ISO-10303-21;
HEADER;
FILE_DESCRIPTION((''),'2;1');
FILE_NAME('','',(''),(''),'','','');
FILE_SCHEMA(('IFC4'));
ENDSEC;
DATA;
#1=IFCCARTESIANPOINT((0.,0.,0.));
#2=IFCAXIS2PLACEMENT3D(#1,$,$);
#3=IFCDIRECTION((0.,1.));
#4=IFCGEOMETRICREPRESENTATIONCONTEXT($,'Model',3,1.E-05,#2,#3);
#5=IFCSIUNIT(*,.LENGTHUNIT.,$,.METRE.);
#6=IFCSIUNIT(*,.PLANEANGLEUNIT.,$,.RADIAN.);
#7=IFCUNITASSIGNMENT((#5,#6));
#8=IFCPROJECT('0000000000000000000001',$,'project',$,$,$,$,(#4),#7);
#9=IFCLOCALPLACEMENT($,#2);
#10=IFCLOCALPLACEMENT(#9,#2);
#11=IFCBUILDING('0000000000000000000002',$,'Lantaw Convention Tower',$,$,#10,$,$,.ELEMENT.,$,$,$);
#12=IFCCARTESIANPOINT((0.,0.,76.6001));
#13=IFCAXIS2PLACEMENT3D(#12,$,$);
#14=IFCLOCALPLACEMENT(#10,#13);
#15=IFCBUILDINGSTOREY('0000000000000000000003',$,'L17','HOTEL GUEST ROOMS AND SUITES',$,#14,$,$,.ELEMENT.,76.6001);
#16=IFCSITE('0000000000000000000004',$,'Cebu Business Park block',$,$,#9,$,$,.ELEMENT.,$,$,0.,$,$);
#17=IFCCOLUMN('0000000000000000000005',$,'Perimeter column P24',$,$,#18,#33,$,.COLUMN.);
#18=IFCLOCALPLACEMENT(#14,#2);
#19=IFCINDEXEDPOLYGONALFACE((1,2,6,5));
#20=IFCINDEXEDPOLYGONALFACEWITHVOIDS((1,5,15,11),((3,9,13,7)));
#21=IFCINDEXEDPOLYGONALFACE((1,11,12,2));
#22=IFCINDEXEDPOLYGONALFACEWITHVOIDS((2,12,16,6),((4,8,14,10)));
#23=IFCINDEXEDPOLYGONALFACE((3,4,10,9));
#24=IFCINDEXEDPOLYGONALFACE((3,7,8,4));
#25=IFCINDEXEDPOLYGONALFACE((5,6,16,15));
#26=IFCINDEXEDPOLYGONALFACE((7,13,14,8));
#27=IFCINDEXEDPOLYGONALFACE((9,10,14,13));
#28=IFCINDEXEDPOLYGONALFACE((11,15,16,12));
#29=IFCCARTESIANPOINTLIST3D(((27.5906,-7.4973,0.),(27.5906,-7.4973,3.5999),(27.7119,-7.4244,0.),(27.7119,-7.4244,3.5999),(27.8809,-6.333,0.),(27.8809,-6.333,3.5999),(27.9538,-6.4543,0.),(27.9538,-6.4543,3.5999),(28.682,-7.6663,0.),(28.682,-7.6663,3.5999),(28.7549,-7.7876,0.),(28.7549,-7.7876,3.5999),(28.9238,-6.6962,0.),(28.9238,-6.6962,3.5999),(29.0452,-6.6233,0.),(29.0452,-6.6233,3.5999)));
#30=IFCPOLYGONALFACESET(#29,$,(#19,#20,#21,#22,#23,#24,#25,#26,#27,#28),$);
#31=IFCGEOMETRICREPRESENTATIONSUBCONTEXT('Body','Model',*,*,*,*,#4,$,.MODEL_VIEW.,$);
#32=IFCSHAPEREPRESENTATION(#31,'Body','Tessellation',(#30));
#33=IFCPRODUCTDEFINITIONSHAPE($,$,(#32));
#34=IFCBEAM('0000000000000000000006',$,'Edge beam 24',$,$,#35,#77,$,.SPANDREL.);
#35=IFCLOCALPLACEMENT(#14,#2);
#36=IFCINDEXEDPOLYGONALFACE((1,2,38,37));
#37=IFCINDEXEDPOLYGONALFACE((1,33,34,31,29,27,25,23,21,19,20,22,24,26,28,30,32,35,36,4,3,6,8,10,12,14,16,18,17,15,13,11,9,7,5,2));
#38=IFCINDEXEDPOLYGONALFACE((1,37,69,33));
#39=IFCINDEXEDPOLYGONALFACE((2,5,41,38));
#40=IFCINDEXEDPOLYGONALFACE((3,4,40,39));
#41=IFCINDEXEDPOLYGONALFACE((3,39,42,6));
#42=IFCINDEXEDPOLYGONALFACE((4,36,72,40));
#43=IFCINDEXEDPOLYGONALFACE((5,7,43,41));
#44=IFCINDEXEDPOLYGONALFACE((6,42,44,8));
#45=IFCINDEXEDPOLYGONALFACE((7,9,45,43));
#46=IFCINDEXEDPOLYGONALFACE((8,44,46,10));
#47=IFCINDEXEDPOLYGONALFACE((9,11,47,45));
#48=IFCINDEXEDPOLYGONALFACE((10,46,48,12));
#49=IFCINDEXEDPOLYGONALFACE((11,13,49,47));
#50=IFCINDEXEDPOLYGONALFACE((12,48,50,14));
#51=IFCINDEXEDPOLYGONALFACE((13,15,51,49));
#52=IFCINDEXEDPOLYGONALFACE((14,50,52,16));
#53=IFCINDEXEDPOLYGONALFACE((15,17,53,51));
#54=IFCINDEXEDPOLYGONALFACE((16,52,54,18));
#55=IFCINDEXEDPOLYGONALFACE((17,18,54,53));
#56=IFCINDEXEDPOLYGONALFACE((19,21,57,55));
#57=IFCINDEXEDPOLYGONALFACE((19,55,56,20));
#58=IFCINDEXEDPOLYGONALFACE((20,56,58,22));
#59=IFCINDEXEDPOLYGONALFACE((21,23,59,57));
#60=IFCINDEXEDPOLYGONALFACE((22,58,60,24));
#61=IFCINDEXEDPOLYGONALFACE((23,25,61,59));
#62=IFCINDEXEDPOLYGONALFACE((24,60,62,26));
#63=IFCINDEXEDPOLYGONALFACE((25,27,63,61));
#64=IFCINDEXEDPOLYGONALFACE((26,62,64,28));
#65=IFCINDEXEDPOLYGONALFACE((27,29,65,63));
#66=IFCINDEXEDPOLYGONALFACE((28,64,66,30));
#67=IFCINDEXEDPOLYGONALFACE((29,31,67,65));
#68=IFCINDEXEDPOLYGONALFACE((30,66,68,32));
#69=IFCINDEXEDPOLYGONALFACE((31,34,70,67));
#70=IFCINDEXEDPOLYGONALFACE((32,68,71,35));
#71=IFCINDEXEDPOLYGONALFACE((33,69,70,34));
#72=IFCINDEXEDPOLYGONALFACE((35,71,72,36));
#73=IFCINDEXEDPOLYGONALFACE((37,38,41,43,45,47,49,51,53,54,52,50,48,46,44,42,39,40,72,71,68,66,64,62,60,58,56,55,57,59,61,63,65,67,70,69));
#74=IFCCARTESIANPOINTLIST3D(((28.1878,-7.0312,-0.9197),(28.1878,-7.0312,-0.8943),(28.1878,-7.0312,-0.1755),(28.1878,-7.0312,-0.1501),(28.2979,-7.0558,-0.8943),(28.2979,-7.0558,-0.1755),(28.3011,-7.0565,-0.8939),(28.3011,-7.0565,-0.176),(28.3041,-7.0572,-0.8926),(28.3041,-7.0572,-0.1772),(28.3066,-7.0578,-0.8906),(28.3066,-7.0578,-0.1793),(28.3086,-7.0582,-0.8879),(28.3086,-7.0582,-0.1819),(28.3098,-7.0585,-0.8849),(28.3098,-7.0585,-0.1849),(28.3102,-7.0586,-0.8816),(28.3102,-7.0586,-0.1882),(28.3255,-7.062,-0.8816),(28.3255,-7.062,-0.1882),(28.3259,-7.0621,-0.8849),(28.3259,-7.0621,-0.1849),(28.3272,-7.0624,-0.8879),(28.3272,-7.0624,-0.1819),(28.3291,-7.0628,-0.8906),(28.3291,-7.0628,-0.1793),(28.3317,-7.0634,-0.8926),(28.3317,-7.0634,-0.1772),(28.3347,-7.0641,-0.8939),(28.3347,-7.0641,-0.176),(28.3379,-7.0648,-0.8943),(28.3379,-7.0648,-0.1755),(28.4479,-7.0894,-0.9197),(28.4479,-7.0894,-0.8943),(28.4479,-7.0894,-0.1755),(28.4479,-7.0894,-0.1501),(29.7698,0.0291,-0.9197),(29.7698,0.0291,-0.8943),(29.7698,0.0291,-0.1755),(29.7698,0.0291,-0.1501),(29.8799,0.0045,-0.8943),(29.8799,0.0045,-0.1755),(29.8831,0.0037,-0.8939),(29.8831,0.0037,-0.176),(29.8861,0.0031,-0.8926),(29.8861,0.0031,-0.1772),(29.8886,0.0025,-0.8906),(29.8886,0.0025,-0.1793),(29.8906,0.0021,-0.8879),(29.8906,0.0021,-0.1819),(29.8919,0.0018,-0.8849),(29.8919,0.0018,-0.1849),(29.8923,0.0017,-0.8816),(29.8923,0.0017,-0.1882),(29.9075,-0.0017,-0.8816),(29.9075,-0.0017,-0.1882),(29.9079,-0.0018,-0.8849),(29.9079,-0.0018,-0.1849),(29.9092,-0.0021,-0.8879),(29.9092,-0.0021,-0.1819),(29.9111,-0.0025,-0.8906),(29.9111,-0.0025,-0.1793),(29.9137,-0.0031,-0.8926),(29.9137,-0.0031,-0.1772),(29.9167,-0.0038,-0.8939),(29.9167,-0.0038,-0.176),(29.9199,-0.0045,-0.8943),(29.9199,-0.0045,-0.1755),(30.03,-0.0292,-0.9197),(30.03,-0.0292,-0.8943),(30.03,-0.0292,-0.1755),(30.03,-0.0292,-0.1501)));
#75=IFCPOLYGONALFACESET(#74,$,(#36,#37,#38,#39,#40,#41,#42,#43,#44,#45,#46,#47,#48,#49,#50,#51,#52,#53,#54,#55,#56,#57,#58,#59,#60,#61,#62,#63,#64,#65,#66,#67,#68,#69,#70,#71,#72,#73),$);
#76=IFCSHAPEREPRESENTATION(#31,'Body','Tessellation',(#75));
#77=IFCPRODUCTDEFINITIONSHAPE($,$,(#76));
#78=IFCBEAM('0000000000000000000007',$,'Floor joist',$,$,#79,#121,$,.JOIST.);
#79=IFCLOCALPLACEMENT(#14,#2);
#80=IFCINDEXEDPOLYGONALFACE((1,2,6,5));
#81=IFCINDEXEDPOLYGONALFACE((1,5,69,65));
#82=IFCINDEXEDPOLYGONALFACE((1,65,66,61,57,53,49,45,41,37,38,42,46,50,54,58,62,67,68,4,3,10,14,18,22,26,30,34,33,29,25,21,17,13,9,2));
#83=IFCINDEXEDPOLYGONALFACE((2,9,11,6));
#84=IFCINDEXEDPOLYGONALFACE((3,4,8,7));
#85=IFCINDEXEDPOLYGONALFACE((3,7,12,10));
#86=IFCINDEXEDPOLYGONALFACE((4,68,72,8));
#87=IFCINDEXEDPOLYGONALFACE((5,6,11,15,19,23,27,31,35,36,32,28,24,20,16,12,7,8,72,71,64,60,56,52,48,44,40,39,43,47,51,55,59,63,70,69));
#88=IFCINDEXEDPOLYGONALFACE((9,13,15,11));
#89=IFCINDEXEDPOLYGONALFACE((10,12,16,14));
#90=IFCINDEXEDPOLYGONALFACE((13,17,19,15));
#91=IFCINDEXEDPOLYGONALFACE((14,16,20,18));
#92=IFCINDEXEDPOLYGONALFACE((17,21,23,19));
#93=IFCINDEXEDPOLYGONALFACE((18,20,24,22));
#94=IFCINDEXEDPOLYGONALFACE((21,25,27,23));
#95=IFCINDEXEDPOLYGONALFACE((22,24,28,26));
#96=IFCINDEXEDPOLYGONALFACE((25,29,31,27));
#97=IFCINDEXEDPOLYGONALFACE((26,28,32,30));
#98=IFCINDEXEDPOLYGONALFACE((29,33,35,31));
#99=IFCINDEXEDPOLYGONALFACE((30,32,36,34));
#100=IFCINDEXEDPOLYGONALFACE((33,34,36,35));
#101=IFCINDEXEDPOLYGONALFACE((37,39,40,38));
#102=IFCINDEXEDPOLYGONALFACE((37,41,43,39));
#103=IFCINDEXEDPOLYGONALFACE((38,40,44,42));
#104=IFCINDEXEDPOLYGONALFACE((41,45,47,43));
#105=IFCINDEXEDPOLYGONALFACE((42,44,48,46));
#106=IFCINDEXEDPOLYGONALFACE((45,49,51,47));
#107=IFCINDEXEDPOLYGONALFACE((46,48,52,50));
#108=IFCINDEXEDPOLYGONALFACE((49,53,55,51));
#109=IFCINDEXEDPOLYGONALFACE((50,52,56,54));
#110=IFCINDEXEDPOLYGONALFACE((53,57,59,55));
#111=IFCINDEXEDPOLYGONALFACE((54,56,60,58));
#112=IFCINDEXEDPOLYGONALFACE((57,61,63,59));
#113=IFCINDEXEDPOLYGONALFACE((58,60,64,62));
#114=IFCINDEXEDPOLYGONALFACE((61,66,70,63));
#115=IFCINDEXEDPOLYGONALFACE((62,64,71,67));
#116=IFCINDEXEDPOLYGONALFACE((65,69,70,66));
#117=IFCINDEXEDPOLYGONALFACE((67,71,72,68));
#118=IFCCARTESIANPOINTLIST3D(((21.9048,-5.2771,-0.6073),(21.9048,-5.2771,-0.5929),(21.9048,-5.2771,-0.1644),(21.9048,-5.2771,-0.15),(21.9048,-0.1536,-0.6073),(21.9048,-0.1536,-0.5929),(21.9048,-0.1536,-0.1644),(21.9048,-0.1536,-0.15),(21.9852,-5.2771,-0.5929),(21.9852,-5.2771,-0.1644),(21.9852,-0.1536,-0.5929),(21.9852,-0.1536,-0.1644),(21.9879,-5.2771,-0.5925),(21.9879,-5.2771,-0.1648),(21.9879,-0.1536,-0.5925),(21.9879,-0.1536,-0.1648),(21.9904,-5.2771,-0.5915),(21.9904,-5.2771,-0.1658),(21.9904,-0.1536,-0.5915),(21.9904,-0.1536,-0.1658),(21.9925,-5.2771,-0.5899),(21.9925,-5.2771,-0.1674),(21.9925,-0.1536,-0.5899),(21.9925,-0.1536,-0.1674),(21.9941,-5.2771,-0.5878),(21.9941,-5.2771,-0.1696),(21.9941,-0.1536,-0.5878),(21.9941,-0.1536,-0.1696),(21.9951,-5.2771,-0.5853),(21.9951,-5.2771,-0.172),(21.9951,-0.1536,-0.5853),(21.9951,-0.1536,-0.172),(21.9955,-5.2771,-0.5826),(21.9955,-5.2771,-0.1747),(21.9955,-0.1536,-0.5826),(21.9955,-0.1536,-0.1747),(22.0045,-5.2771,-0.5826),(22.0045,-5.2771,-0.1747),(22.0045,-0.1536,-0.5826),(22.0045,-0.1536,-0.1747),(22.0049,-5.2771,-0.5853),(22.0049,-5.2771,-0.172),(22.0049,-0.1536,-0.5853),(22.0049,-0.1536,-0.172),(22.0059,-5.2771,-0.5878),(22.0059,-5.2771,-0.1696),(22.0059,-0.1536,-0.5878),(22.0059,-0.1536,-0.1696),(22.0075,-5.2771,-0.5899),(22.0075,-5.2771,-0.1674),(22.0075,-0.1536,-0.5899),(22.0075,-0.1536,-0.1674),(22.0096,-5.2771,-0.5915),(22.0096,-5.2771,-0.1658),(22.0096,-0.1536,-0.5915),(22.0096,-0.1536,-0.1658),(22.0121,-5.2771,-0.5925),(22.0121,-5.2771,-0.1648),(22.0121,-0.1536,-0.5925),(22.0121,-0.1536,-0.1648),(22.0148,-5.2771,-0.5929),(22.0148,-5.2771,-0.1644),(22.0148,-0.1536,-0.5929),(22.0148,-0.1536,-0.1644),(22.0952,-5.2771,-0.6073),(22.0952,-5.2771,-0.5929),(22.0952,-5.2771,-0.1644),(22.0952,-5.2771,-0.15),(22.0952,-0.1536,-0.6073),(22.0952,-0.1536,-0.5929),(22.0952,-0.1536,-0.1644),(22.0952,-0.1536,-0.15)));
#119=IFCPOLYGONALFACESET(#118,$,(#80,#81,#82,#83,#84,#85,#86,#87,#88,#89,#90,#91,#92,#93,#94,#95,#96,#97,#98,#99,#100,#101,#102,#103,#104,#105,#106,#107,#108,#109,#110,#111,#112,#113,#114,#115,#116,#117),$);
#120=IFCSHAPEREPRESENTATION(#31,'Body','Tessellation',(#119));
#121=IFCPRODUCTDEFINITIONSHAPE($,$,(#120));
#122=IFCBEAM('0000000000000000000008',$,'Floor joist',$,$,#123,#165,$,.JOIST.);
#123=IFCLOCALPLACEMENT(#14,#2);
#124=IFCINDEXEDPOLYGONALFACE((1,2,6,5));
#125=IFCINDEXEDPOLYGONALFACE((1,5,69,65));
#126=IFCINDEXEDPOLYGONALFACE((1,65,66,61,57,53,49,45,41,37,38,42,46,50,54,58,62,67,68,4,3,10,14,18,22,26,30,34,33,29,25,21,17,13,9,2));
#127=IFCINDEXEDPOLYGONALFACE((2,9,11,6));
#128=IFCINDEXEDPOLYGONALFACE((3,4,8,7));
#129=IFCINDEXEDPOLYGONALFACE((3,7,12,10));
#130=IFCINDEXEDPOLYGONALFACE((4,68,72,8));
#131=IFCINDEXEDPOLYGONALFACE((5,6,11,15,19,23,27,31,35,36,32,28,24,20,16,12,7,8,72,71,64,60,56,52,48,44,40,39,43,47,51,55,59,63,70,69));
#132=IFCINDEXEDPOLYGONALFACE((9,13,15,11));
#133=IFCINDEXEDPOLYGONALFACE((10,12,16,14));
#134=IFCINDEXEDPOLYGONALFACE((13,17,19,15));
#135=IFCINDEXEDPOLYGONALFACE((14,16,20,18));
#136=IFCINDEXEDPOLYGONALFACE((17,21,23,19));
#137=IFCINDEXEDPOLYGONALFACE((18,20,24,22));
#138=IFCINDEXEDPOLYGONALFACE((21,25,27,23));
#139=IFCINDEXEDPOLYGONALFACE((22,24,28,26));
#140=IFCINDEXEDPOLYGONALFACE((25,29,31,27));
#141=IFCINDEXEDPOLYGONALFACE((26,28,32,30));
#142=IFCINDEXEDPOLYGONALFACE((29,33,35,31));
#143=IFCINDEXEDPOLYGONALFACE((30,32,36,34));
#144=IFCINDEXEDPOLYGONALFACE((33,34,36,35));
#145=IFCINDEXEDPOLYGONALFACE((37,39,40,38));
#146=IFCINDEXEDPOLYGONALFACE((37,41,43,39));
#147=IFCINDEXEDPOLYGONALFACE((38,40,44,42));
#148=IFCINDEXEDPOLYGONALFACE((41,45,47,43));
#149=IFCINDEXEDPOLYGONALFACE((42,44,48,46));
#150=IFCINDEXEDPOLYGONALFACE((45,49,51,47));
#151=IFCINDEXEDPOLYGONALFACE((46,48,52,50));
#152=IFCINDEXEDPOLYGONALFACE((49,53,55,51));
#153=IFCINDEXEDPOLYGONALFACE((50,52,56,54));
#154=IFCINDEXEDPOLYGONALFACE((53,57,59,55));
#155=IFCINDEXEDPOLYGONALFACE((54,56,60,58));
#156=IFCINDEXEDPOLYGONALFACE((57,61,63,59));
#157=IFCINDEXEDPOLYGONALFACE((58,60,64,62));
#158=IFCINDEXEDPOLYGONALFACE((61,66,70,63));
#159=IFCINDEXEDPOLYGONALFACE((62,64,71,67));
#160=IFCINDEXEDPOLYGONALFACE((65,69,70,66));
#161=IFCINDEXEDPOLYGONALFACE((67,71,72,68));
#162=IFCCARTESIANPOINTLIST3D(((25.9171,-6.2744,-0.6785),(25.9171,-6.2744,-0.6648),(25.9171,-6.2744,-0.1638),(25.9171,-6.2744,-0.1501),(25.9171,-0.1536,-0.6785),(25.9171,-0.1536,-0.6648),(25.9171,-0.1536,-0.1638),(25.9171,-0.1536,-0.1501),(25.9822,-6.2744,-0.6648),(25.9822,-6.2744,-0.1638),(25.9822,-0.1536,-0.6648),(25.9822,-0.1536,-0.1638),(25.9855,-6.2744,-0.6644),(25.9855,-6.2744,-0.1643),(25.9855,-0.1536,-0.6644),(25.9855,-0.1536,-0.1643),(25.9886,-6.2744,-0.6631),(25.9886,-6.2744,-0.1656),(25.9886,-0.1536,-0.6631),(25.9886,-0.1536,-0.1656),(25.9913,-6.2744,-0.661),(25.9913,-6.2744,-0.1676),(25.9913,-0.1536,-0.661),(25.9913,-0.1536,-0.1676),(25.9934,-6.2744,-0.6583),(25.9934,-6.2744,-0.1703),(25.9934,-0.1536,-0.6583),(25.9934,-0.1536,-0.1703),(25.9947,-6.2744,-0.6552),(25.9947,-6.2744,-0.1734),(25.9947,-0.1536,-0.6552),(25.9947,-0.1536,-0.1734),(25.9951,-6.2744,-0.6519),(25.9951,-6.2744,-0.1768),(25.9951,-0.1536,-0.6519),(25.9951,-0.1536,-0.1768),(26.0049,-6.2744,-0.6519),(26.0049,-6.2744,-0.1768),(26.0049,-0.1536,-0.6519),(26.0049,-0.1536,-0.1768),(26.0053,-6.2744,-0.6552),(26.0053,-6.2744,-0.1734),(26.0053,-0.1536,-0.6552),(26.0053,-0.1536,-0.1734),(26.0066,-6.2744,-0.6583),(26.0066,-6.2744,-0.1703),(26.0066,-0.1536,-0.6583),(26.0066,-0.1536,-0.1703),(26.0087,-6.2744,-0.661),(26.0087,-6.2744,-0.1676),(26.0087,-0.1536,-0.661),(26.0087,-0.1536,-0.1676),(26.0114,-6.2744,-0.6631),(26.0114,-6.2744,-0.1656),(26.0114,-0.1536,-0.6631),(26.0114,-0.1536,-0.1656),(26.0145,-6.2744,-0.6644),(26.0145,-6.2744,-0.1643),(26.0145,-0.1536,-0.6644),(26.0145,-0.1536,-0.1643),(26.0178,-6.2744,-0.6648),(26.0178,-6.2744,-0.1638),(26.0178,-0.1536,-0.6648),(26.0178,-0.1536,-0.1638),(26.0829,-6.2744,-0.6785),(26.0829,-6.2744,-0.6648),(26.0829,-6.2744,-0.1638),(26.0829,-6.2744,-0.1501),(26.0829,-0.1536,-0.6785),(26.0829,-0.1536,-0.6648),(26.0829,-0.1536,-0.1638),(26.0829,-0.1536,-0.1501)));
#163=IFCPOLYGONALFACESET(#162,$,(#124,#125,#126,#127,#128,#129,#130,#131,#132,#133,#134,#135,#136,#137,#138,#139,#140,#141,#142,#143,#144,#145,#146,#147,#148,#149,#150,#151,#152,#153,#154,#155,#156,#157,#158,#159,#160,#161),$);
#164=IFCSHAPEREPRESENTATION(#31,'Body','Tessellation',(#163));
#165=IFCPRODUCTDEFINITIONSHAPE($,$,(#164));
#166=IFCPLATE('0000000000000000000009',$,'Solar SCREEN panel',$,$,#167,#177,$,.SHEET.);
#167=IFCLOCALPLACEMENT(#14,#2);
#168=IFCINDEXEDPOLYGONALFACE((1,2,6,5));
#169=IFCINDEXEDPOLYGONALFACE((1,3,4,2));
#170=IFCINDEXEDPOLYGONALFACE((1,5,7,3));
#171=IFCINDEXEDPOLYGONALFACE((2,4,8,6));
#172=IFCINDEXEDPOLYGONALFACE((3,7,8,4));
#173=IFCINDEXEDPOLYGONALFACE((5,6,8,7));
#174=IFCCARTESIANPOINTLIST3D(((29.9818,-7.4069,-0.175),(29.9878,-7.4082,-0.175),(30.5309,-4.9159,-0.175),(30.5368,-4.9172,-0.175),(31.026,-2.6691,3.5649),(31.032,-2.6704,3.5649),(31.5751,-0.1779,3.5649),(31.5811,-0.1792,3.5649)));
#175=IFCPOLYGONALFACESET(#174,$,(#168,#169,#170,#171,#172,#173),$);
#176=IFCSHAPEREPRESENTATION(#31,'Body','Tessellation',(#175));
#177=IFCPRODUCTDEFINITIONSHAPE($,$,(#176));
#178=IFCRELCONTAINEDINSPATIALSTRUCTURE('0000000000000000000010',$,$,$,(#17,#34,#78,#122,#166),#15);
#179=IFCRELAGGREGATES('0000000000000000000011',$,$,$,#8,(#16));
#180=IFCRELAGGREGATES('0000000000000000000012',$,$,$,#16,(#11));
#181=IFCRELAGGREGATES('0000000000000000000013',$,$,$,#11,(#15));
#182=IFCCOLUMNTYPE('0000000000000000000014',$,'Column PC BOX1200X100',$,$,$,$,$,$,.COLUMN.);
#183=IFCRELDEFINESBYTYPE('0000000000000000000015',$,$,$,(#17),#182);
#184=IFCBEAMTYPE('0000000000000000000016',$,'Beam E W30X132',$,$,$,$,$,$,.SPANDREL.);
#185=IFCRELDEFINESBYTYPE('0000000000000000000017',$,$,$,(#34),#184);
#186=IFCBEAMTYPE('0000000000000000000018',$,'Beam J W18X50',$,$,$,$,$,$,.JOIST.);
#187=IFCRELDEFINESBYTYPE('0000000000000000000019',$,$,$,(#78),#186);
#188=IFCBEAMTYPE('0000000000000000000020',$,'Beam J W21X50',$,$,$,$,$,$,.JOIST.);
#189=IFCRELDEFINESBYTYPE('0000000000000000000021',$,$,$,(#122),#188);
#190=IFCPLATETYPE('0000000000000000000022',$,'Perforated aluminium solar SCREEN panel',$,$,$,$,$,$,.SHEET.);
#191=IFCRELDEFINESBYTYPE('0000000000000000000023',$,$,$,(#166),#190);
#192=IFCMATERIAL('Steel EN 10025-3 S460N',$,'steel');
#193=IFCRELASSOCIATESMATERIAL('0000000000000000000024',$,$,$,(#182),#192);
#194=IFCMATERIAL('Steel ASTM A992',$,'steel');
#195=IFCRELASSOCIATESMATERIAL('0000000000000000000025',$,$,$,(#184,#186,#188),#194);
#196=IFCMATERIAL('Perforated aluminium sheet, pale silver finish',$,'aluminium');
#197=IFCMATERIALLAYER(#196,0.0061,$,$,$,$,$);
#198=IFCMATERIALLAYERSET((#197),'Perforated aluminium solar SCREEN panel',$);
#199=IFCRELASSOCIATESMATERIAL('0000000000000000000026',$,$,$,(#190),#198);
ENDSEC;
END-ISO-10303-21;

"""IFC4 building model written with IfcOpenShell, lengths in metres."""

from ifc_helpers import new_model, si_unit, direction, frame, origin, origin_2d, place, context, subcontext, project, spatial, polyline, rectangle, hollow_rectangle, i_section, outline, extrude, material, layer, layer_set, material_profile, profile_set, type_object, element, save


model = new_model("IFC4")

# Units and contexts
model_context = context("Model", 3, precision=1e-05, world=origin(), true_north=direction((0.0, 1.0)))
body_context = subcontext(model_context, "Body", "Model", "MODEL_VIEW")
ifc_project = project(units=[si_unit("LENGTHUNIT", "METRE"), si_unit("PLANEANGLEUNIT", "RADIAN")], contexts=[model_context])

# Site, building, storey
site_placement = place(None, origin())
site = spatial("IfcSite", under=ifc_project, at=site_placement, Name="Cebu Business Park block", CompositionType="ELEMENT", RefElevation=0.0)
building_placement = place(site_placement, origin())
building = spatial("IfcBuilding", under=site, at=building_placement, Name="Lantaw Convention Tower", CompositionType="ELEMENT")
storey_placement = place(building_placement, frame((0.0, 0.0, 76.6001)))
storey = spatial("IfcBuildingStorey", under=building, at=storey_placement, Name="L17", Description="HOTEL GUEST ROOMS AND SUITES", CompositionType="ELEMENT", Elevation=76.6001)

# Column
ifc_material_1 = material(Name="Steel EN 10025-3 S460N", Category="steel")
ifc_material_profile_1 = material_profile(ifc_material_1, hollow_rectangle(XDim=1.2, YDim=1.2, WallThickness=0.1001, at=origin_2d()), Name="BOX1200X100")
ifc_material_2 = material(Name="Concrete C60/75", Category="concrete")
ifc_material_profile_2 = material_profile(ifc_material_2, rectangle(XDim=1.0, YDim=1.0, at=origin_2d()), Name="Concrete fill of BOX1200X100")
ifc_profile_set_1 = profile_set([ifc_material_profile_1, ifc_material_profile_2], Name="Steel EN 10025-3 S460N")
column_type = type_object("IfcColumnType", Name="Column PC BOX1200X100", PredefinedType="COLUMN", material=ifc_profile_set_1)
column_placement = place(storey_placement, frame((28.3179, -7.0603, 0.0), z_axis=(0.0, 0.0, 1.0), x_axis=(0.241922, 0.970296, 0.0)))
element("IfcColumn", 1, at=column_placement, inside=storey, type_object=column_type, Name="Perimeter column P24", PredefinedType="COLUMN", context=body_context, shape_type="SweptSolid", body=[
    extrude(hollow_rectangle(XDim=1.2, YDim=1.2, WallThickness=0.1001, at=origin_2d()), origin(), (0.0, 0.0, 1.0), 3.5999),
])

# Beams
ifc_material_3 = material(Name="Steel ASTM A992", Category="steel")
ifc_material_profile_3 = material_profile(ifc_material_3, i_section(OverallWidth=0.2666, OverallDepth=0.7695, WebThickness=0.0156, FlangeThickness=0.0254, FilletRadius=0.0127, at=origin_2d()), Name="W30X132")
ifc_profile_set_2 = profile_set([ifc_material_profile_3], Name="Steel ASTM A992")
beam_type_1 = type_object("IfcBeamType", Name="Beam E W30X132", PredefinedType="SPANDREL", material=ifc_profile_set_2)
beam_1_placement = place(storey_placement, frame((28.3179, -7.0603, -0.5349), z_axis=(0.218652, 0.975803, 0.0), x_axis=(-0.975803, 0.218652, 0.0)))
element("IfcBeam", 2, at=beam_1_placement, inside=storey, type_object=beam_type_1, Name="Edge beam 24", PredefinedType="SPANDREL", context=body_context, shape_type="SweptSolid", body=[
    extrude(i_section(OverallWidth=0.2666, OverallDepth=0.7695, WebThickness=0.0156, FlangeThickness=0.0254, FilletRadius=0.0127, at=origin_2d()), origin(), (0.0, 0.0, 1.0), 7.2354),
])
ifc_material_profile_4 = material_profile(ifc_material_3, i_section(OverallWidth=0.1904, OverallDepth=0.4573, WebThickness=0.009, FlangeThickness=0.0144, FilletRadius=0.0103, at=origin_2d()), Name="W18X50")
ifc_profile_set_3 = profile_set([ifc_material_profile_4], Name="Steel ASTM A992")
beam_type_2 = type_object("IfcBeamType", Name="Beam J W18X50", PredefinedType="JOIST", material=ifc_profile_set_3)
beam_2_placement = place(storey_placement, frame((22.0, -5.2771, -0.3787), z_axis=(0.0, 1.0, 0.0), x_axis=(-1.0, 0.0, 0.0)))
element("IfcBeam", 3, at=beam_2_placement, inside=storey, type_object=beam_type_2, Name="Floor joist", PredefinedType="JOIST", context=body_context, shape_type="SweptSolid", body=[
    extrude(i_section(OverallWidth=0.1904, OverallDepth=0.4573, WebThickness=0.009, FlangeThickness=0.0144, FilletRadius=0.0103, at=origin_2d()), origin(), (0.0, 0.0, 1.0), 5.1235),
])
ifc_material_profile_5 = material_profile(ifc_material_3, i_section(OverallWidth=0.1658, OverallDepth=0.5283, WebThickness=0.0098, FlangeThickness=0.0137, FilletRadius=0.0129, at=origin_2d()), Name="W21X50")
ifc_profile_set_4 = profile_set([ifc_material_profile_5], Name="Steel ASTM A992")
beam_type_3 = type_object("IfcBeamType", Name="Beam J W21X50", PredefinedType="JOIST", material=ifc_profile_set_4)
beam_3_placement = place(storey_placement, frame((26.0, -6.2744, -0.4143), z_axis=(0.0, 1.0, 0.0), x_axis=(-1.0, 0.0, 0.0)))
element("IfcBeam", 4, at=beam_3_placement, inside=storey, type_object=beam_type_3, Name="Floor joist", PredefinedType="JOIST", context=body_context, shape_type="SweptSolid", body=[
    extrude(i_section(OverallWidth=0.1658, OverallDepth=0.5283, WebThickness=0.0098, FlangeThickness=0.0137, FilletRadius=0.0129, at=origin_2d()), origin(), (0.0, 0.0, 1.0), 6.1208),
])

# Plate
ifc_material_4 = material(Name="Perforated aluminium sheet, pale silver finish", Category="aluminium")
ifc_layer_1 = layer(ifc_material_4, 0.0061)
ifc_layer_set_1 = layer_set([ifc_layer_1], Name="Perforated aluminium solar SCREEN panel")
plate_type = type_object("IfcPlateType", Name="Perforated aluminium solar SCREEN panel", PredefinedType="SHEET", material=ifc_layer_set_1)
plate_placement = place(storey_placement, frame((29.9878, -7.4082, -0.175), z_axis=(0.976559, -0.215248, 0.00003), x_axis=(0.215248, 0.976559, 0.0)))
element("IfcPlate", 5, at=plate_placement, inside=storey, type_object=plate_type, Name="Solar SCREEN panel", PredefinedType="SHEET", context=body_context, shape_type="SweptSolid", body=[
    extrude(outline(polyline([(0.0, 0.0), (2.5508, 0.0), (7.4025, 3.74), (4.8515, 3.74), (0.0, 0.0)])), origin(), (0.0, 0.0, -1.0), 0.0061),
])

save(model, "model.ifc")
